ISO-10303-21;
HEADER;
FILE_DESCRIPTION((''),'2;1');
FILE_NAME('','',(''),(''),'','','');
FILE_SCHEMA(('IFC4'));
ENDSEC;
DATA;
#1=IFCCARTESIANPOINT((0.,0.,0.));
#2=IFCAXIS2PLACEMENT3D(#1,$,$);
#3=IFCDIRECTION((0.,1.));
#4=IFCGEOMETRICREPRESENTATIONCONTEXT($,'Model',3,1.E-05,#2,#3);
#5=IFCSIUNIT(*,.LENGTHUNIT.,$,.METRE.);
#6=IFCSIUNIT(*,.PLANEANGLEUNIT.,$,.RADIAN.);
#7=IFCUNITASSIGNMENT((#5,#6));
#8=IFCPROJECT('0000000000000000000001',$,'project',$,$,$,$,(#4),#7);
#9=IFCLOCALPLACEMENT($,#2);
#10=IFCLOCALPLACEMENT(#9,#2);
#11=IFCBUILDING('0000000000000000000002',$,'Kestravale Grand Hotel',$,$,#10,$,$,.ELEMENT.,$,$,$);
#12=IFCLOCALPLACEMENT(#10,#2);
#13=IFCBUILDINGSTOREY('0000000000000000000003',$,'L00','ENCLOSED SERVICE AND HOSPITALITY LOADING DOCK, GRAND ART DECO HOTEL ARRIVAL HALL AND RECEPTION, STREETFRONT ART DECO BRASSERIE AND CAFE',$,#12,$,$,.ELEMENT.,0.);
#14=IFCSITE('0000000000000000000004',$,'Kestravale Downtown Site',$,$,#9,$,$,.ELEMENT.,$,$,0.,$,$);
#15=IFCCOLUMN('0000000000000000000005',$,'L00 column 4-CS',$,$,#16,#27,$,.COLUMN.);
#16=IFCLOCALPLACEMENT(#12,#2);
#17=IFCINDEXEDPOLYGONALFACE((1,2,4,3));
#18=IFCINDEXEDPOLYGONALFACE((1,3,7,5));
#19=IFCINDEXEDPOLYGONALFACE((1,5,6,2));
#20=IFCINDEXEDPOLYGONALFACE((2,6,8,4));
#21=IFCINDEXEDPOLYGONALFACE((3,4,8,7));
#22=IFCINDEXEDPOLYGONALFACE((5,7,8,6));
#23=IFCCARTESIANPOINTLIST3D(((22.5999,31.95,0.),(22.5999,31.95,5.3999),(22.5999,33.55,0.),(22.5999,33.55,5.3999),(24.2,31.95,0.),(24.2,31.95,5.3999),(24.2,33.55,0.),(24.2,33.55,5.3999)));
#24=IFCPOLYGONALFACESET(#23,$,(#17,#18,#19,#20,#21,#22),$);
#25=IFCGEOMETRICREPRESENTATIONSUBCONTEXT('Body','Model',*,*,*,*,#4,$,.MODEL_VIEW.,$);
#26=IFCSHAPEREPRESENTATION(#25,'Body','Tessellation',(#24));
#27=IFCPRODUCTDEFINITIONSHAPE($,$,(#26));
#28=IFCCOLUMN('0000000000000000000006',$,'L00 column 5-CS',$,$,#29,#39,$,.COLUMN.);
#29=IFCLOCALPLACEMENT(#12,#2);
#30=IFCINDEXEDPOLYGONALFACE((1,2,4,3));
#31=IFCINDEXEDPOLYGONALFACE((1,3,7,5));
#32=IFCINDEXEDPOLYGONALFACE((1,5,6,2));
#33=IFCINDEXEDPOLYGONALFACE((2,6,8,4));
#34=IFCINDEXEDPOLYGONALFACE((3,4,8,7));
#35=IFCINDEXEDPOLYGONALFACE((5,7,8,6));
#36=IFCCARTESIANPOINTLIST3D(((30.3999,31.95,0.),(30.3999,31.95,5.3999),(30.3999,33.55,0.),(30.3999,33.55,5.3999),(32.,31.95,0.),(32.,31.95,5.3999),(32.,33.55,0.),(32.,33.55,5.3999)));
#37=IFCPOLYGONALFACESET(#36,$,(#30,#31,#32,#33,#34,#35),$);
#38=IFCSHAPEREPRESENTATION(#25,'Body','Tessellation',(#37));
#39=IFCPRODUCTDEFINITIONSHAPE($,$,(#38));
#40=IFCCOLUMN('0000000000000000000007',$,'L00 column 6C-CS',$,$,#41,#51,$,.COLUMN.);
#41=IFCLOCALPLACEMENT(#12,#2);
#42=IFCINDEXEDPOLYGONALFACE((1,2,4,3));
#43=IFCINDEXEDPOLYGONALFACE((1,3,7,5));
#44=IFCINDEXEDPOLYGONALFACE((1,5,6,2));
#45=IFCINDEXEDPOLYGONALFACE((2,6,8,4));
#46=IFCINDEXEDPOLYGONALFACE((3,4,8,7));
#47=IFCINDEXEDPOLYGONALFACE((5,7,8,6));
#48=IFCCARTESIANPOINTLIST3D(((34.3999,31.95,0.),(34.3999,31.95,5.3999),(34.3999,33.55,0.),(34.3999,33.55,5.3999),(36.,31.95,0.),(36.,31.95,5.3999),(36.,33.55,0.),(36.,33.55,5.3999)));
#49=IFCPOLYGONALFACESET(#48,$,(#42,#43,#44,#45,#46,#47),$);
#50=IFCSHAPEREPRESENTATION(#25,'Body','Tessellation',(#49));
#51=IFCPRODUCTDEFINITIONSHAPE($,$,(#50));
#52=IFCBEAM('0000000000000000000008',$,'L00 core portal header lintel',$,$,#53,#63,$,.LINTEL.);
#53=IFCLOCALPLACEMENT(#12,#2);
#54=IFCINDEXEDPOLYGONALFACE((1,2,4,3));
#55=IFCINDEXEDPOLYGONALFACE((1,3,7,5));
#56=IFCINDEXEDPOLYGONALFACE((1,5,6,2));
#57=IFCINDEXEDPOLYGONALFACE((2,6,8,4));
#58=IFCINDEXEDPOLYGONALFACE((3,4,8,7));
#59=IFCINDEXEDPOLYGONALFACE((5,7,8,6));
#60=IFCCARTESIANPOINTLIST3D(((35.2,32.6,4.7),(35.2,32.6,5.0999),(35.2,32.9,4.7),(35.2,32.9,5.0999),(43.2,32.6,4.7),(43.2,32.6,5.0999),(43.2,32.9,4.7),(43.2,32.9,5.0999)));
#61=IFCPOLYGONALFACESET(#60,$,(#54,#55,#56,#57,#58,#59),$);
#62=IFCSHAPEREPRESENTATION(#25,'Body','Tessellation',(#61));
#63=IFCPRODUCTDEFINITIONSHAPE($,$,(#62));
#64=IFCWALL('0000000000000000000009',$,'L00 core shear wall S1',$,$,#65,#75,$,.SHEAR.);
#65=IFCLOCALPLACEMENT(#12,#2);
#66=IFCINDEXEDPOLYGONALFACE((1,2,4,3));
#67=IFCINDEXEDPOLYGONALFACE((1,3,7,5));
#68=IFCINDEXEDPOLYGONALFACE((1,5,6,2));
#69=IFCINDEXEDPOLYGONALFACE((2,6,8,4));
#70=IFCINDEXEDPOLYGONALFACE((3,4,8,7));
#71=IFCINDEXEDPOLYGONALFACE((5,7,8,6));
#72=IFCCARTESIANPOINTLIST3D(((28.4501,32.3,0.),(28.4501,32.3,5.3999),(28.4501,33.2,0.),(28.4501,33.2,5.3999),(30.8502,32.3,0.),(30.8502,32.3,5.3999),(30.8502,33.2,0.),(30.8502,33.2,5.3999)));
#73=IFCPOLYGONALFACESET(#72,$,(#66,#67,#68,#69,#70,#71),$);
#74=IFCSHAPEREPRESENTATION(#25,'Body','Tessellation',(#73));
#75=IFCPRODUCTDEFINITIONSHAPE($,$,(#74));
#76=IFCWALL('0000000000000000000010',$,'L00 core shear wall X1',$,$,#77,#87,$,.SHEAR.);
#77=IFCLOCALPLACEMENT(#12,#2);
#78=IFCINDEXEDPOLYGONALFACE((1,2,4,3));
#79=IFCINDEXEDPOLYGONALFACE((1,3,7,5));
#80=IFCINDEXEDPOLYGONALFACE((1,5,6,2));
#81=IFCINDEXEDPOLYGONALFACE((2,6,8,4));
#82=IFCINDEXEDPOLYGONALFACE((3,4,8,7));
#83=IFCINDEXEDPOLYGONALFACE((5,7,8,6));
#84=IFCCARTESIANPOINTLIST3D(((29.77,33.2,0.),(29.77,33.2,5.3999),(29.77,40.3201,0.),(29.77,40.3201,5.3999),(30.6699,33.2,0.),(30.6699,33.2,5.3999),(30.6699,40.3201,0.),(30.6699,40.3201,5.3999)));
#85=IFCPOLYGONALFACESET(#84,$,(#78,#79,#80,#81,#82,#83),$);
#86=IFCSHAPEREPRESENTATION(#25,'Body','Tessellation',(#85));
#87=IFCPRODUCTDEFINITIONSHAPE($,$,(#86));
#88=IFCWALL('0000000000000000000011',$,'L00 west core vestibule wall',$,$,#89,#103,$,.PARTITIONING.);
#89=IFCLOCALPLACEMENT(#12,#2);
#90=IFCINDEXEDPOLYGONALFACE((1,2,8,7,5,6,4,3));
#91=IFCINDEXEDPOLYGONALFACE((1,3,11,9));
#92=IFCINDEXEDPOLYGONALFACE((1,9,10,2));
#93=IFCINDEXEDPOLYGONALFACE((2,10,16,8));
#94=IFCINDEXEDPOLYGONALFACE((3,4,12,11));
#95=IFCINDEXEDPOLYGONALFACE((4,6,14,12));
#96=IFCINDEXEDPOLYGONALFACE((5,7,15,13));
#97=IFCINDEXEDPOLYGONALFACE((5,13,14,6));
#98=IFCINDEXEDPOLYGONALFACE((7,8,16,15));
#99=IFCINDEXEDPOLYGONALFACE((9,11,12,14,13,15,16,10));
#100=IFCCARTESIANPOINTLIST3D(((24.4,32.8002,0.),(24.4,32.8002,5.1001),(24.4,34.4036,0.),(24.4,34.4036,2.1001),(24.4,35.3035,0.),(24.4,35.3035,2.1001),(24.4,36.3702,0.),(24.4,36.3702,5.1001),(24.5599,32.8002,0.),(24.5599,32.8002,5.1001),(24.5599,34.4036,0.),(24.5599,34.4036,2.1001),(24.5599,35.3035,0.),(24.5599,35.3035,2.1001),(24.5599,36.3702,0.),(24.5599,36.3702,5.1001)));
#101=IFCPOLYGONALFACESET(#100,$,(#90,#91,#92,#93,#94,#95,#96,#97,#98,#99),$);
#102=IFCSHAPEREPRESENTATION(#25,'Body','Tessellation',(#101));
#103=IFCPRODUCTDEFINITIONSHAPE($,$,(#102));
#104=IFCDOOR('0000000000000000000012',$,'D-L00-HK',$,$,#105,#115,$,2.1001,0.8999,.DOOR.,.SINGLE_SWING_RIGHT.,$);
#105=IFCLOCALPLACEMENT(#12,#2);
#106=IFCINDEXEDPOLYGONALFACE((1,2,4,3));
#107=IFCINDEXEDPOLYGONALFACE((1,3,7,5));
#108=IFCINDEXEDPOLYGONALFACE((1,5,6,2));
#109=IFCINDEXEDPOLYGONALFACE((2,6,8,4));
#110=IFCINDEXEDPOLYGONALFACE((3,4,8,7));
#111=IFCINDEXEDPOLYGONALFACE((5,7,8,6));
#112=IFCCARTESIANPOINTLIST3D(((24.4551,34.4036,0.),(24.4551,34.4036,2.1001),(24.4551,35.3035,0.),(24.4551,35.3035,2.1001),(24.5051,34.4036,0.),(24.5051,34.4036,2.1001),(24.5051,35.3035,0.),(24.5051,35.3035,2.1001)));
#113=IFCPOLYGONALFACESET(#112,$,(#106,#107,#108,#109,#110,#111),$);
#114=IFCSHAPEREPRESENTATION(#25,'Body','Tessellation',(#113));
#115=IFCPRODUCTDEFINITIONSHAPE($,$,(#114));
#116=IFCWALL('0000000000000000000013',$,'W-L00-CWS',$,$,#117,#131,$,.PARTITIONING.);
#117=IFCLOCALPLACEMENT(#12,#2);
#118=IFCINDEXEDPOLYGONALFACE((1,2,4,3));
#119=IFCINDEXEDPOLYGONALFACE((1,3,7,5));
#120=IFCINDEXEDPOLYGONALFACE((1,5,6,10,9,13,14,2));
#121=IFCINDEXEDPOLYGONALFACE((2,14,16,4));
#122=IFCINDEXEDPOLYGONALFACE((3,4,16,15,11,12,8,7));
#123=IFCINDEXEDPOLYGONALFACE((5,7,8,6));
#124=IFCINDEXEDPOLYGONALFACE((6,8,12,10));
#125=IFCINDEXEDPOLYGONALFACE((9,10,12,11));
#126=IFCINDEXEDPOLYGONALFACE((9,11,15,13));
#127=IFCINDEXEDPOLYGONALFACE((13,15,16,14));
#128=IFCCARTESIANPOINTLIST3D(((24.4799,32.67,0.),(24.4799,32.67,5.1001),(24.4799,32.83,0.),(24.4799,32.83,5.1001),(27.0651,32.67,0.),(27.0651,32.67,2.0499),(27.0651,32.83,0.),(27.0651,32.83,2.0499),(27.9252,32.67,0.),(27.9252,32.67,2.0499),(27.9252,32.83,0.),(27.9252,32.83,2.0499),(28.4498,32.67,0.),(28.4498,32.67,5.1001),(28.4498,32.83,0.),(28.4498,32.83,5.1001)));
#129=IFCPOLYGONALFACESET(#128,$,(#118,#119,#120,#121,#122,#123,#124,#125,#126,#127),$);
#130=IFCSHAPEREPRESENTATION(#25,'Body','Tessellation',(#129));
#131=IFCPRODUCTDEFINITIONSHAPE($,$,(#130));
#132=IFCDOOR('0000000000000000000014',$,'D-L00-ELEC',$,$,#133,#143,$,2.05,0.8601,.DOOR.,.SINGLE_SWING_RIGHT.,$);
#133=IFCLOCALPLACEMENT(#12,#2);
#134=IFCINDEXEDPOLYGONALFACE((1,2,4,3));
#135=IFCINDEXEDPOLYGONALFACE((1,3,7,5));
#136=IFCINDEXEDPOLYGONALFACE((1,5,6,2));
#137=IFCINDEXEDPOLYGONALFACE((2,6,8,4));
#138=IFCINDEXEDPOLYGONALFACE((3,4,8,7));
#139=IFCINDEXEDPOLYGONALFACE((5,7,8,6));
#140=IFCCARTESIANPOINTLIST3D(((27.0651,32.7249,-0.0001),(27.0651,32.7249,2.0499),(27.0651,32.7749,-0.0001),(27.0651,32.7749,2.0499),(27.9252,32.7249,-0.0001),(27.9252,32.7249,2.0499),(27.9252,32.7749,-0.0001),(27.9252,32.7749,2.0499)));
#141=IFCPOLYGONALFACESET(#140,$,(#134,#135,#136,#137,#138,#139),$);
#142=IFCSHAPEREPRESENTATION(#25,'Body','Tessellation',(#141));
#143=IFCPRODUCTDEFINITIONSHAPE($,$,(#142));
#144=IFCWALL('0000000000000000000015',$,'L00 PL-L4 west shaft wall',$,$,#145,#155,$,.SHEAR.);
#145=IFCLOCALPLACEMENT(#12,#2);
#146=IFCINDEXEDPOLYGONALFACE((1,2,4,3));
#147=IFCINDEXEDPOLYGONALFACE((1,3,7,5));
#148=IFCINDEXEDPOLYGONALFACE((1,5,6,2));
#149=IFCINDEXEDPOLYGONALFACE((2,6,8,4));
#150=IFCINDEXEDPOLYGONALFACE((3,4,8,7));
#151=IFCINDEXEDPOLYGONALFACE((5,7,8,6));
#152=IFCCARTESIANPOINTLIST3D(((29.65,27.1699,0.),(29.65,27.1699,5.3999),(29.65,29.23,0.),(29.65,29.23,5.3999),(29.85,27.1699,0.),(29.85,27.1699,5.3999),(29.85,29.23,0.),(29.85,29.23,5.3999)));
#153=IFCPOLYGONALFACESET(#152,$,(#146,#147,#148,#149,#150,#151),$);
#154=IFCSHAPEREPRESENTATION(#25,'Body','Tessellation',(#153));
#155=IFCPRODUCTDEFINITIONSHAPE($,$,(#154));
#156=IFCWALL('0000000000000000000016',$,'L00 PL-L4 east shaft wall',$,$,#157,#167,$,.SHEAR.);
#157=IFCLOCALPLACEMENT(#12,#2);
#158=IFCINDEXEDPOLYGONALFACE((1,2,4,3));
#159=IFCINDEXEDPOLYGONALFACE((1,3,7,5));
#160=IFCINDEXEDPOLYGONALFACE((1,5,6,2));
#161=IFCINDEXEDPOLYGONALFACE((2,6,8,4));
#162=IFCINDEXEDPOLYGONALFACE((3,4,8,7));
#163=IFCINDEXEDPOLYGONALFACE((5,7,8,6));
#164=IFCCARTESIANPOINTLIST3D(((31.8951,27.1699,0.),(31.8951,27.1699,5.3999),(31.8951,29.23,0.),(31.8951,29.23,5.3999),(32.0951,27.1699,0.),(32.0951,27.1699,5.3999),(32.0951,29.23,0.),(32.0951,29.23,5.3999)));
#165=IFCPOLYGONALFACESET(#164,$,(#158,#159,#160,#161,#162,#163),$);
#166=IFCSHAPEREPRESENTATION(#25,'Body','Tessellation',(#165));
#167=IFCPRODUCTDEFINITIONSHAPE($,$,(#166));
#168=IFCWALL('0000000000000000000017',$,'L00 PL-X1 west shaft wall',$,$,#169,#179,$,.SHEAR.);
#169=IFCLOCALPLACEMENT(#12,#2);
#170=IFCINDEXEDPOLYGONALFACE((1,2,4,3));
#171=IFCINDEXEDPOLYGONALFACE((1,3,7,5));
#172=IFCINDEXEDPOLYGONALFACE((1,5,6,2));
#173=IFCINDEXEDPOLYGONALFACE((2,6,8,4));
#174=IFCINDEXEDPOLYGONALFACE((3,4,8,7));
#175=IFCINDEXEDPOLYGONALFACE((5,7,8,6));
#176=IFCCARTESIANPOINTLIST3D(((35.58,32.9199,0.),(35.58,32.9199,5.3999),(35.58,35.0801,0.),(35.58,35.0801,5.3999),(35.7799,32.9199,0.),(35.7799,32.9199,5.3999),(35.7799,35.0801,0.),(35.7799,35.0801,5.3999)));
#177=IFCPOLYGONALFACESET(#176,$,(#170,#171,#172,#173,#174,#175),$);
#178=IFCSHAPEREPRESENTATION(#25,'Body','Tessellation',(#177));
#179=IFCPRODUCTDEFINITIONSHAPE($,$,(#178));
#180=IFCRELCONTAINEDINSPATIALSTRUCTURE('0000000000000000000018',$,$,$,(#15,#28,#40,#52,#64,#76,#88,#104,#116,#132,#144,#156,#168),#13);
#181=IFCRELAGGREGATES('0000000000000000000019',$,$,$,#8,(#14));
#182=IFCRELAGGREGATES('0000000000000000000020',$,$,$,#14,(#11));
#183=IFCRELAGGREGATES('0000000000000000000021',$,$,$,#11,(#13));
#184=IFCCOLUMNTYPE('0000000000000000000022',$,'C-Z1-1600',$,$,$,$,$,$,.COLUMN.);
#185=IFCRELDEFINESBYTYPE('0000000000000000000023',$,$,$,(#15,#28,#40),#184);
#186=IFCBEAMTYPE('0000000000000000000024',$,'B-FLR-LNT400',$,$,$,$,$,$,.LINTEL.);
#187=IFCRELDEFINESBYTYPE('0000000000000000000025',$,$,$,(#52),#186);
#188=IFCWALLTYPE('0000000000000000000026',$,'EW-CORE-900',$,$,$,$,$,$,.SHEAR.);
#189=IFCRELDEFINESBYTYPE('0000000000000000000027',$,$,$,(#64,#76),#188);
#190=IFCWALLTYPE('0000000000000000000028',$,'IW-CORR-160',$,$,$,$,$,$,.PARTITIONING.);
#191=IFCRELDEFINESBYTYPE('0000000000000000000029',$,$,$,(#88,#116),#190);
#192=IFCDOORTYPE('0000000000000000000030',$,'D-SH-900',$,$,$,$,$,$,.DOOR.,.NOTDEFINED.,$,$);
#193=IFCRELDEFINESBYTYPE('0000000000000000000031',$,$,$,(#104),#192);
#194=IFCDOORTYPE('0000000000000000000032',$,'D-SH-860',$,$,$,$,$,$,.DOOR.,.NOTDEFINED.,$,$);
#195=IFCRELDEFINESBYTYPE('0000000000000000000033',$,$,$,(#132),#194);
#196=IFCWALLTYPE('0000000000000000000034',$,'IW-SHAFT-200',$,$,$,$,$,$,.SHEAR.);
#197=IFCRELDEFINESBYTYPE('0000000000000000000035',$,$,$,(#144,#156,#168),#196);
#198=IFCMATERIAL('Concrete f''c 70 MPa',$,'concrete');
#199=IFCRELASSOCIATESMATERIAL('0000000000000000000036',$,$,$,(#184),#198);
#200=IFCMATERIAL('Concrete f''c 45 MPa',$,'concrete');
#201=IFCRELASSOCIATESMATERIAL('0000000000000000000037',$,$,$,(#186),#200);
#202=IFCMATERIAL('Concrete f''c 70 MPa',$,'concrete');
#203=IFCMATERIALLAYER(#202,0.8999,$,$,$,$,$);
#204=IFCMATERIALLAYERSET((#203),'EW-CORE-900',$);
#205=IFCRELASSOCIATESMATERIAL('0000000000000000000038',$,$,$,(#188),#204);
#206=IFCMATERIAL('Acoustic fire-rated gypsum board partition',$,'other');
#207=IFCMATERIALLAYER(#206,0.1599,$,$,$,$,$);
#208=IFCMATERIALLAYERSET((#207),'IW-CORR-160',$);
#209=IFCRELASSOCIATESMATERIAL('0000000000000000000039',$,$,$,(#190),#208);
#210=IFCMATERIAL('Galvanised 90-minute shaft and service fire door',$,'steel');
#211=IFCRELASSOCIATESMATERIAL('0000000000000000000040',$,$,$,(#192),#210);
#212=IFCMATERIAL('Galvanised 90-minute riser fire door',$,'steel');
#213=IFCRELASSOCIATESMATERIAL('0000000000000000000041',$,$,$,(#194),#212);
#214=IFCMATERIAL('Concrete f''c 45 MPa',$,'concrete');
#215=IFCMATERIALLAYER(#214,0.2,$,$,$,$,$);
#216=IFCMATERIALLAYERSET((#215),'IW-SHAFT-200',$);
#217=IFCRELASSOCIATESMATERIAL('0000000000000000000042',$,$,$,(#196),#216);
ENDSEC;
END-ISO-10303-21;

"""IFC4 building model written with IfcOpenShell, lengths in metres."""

from ifc_helpers import new_model, si_unit, direction, frame, frame_2d, origin, origin_2d, place, context, subcontext, project, spatial, rectangle, extrude, material, layer, layer_set, material_profile, profile_set, type_object, element, fill, save


model = new_model("IFC4")

# Units and contexts
model_context = context("Model", 3, precision=1e-05, world=origin(), true_north=direction((0.0, 1.0)))
body_context = subcontext(model_context, "Body", "Model", "MODEL_VIEW")
ifc_project = project(units=[si_unit("LENGTHUNIT", "METRE"), si_unit("PLANEANGLEUNIT", "RADIAN")], contexts=[model_context])

# Site, building, storey
site_placement = place(None, origin())
site = spatial("IfcSite", under=ifc_project, at=site_placement, Name="Kestravale Downtown Site", CompositionType="ELEMENT", RefElevation=0.0)
building_placement = place(site_placement, origin())
building = spatial("IfcBuilding", under=site, at=building_placement, Name="Kestravale Grand Hotel", CompositionType="ELEMENT")
storey_placement = place(building_placement, origin())
storey = spatial("IfcBuildingStorey", under=building, at=storey_placement, Name="L00", Description="ENCLOSED SERVICE AND HOSPITALITY LOADING DOCK, GRAND ART DECO HOTEL ARRIVAL HALL AND RECEPTION, STREETFRONT ART DECO BRASSERIE AND CAFE", CompositionType="ELEMENT", Elevation=0.0)

# Columns
ifc_material_1 = material(Name="Concrete f'c 70 MPa", Category="concrete")
ifc_material_profile_1 = material_profile(ifc_material_1, rectangle(XDim=1.6001, YDim=1.6001, at=origin_2d()))
ifc_profile_set_1 = profile_set([ifc_material_profile_1], Name="Concrete f'c 70 MPa")
column_type = type_object("IfcColumnType", Name="C-Z1-1600", PredefinedType="COLUMN", material=ifc_profile_set_1)
for number, where, z_axis, x_axis, name in (
    (1, (23.3999, 32.75, 0.0), (0.0, 0.0, 1.0), (1.0, 0.0, 0.0), "L00 column 4-CS"),
    (2, (31.2, 32.75, 0.0), (0.0, 0.0, 1.0), (1.0, 0.0, 0.0), "L00 column 5-CS"),
    (3, (35.2, 32.75, 0.0), (0.0, 0.0, 1.0), (1.0, 0.0, 0.0), "L00 column 6C-CS"),
):
    element("IfcColumn", number, at=place(storey_placement, frame(where, z_axis=z_axis, x_axis=x_axis)), inside=storey, type_object=column_type, Name=name, PredefinedType="COLUMN", context=body_context, shape_type="SweptSolid", body=[
        extrude(rectangle(XDim=1.6001, YDim=1.6001, at=origin_2d()), origin(), (0.0, 0.0, 1.0), 5.3999),
    ])

# Beam
ifc_material_2 = material(Name="Concrete f'c 45 MPa", Category="concrete")
ifc_material_profile_2 = material_profile(ifc_material_2, rectangle(XDim=0.3, YDim=0.3999, at=origin_2d()))
ifc_profile_set_2 = profile_set([ifc_material_profile_2], Name="Concrete f'c 45 MPa")
beam_type = type_object("IfcBeamType", Name="B-FLR-LNT400", PredefinedType="LINTEL", material=ifc_profile_set_2)
beam_placement = place(storey_placement, frame((35.2, 32.75, 4.8999), z_axis=(1.0, 0.0, 0.0), x_axis=(0.0, 1.0, 0.0)))
element("IfcBeam", 4, at=beam_placement, inside=storey, type_object=beam_type, Name="L00 core portal header lintel", PredefinedType="LINTEL", context=body_context, shape_type="SweptSolid", body=[
    extrude(rectangle(XDim=0.3, YDim=0.3999, at=origin_2d()), origin(), (0.0, 0.0, 1.0), 8.0),
])

# Walls
ifc_material_3 = material(Name="Concrete f'c 70 MPa", Category="concrete")
ifc_layer_1 = layer(ifc_material_3, 0.8999)
ifc_layer_set_1 = layer_set([ifc_layer_1], Name="EW-CORE-900")
wall_type_1 = type_object("IfcWallType", Name="EW-CORE-900", PredefinedType="SHEAR", material=ifc_layer_set_1)
wall_1_placement = place(storey_placement, frame((28.45, 32.75, 0.0), z_axis=(0.0, 0.0, 1.0), x_axis=(1.0, 0.0, 0.0)))
element("IfcWall", 5, at=wall_1_placement, inside=storey, type_object=wall_type_1, Name="L00 core shear wall S1", PredefinedType="SHEAR", context=body_context, shape_type="SweptSolid", body=[
    extrude(rectangle(XDim=2.4001, YDim=0.8999, at=frame_2d((1.2002, 0.0))), origin(), (0.0, 0.0, 1.0), 5.3999),
])
wall_2_placement = place(storey_placement, frame((30.22, 33.2, 0.0), z_axis=(0.0, 0.0, 1.0), x_axis=(0.0, 1.0, 0.0)))
element("IfcWall", 6, at=wall_2_placement, inside=storey, type_object=wall_type_1, Name="L00 core shear wall X1", PredefinedType="SHEAR", context=body_context, shape_type="SweptSolid", body=[
    extrude(rectangle(XDim=7.1201, YDim=0.8999, at=frame_2d((3.5601, 0.0))), origin(), (0.0, 0.0, 1.0), 5.3999),
])

# Walls, openings, doors
ifc_material_4 = material(Name="Acoustic fire-rated gypsum board partition", Category="other")
ifc_layer_2 = layer(ifc_material_4, 0.1599)
ifc_layer_set_2 = layer_set([ifc_layer_2], Name="IW-CORR-160")
wall_type_2 = type_object("IfcWallType", Name="IW-CORR-160", PredefinedType="PARTITIONING", material=ifc_layer_set_2)
wall_3_placement = place(storey_placement, frame((24.48, 32.8, 0.0), z_axis=(0.0, 0.0, 1.0), x_axis=(0.0, 1.0, 0.0)))
wall_3 = element("IfcWall", 7, at=wall_3_placement, inside=storey, type_object=wall_type_2, Name="L00 west core vestibule wall", PredefinedType="PARTITIONING", context=body_context, shape_type="SweptSolid", body=[
    extrude(rectangle(XDim=3.5701, YDim=0.1599, at=frame_2d((1.7852, 0.0))), origin(), (0.0, 0.0, 1.0), 5.1001),
])
opening_1_placement = place(wall_3_placement, frame((1.6035, 0.0, 0.0)))
opening_1 = element("IfcOpeningElement", 8, at=opening_1_placement, cuts=wall_3, PredefinedType="OPENING", context=body_context, shape_type="SweptSolid", body=[
    extrude(rectangle(XDim=0.8999, YDim=2.1001, at=frame_2d((0.45, 1.05))), frame((0.0, 0.0898, 0.0), z_axis=(0.0, -1.0, 0.0), x_axis=(1.0, 0.0, 0.0)), (0.0, 0.0, 1.0), 0.1799),
])
ifc_material_5 = material(Name="Galvanised 90-minute shaft and service fire door", Category="steel")
door_type_1 = type_object("IfcDoorType", Name="D-SH-900", OperationType="NOTDEFINED", PredefinedType="DOOR", material=ifc_material_5)
door_1_placement = place(opening_1_placement, origin())
door_1 = element("IfcDoor", 9, at=door_1_placement, inside=storey, type_object=door_type_1, Name="D-L00-HK", OperationType="SINGLE_SWING_RIGHT", OverallHeight=2.1001, OverallWidth=0.8999, PredefinedType="DOOR", context=body_context, shape_type="SweptSolid", body=[
    extrude(rectangle(XDim=0.8999, YDim=2.1001, at=frame_2d((0.45, 1.05))), frame((0.0, 0.0249, 0.0), z_axis=(0.0, -1.0, 0.0), x_axis=(1.0, 0.0, 0.0)), (0.0, 0.0, 1.0), 0.05),
])
fill(opening_1, door_1)
wall_4_placement = place(storey_placement, frame((24.48, 32.75, 0.0), z_axis=(0.0, 0.0, 1.0), x_axis=(1.0, 0.0, 0.0)))
wall_4 = element("IfcWall", 10, at=wall_4_placement, inside=storey, type_object=wall_type_2, Name="W-L00-CWS", PredefinedType="PARTITIONING", context=body_context, shape_type="SweptSolid", body=[
    extrude(rectangle(XDim=3.97, YDim=0.1599, at=frame_2d((1.9849, 0.0))), origin(), (0.0, 0.0, 1.0), 5.1001),
])
opening_2_placement = place(wall_4_placement, frame((2.585, 0.0, 0.0)))
opening_2 = element("IfcOpeningElement", 11, at=opening_2_placement, cuts=wall_4, PredefinedType="OPENING", context=body_context, shape_type="SweptSolid", body=[
    extrude(rectangle(XDim=0.8601, YDim=2.05, at=frame_2d((0.4302, 1.0249))), frame((0.0, 0.0898, 0.0), z_axis=(0.0, -1.0, 0.0), x_axis=(1.0, 0.0, 0.0)), (0.0, 0.0, 1.0), 0.1799),
])
ifc_material_6 = material(Name="Galvanised 90-minute riser fire door", Category="steel")
door_type_2 = type_object("IfcDoorType", Name="D-SH-860", OperationType="NOTDEFINED", PredefinedType="DOOR", material=ifc_material_6)
door_2_placement = place(opening_2_placement, origin())
door_2 = element("IfcDoor", 12, at=door_2_placement, inside=storey, type_object=door_type_2, Name="D-L00-ELEC", OperationType="SINGLE_SWING_RIGHT", OverallHeight=2.05, OverallWidth=0.8601, PredefinedType="DOOR", context=body_context, shape_type="SweptSolid", body=[
    extrude(rectangle(XDim=0.8601, YDim=2.05, at=frame_2d((0.4302, 1.0249))), frame((0.0, 0.0249, 0.0), z_axis=(0.0, -1.0, 0.0), x_axis=(1.0, 0.0, 0.0)), (0.0, 0.0, 1.0), 0.05),
])
fill(opening_2, door_2)

# Walls
ifc_material_7 = material(Name="Concrete f'c 45 MPa", Category="concrete")
ifc_layer_3 = layer(ifc_material_7, 0.2)
ifc_layer_set_3 = layer_set([ifc_layer_3], Name="IW-SHAFT-200")
wall_type_3 = type_object("IfcWallType", Name="IW-SHAFT-200", PredefinedType="SHEAR", material=ifc_layer_set_3)
for number, where, z_axis, x_axis, name in (
    (13, (29.75, 27.1699, 0.0), (0.0, 0.0, 1.0), (0.0, 1.0, 0.0), "L00 PL-L4 west shaft wall"),
    (14, (31.9951, 27.1699, 0.0), (0.0, 0.0, 1.0), (0.0, 1.0, 0.0), "L00 PL-L4 east shaft wall"),
):
    element("IfcWall", number, at=place(storey_placement, frame(where, z_axis=z_axis, x_axis=x_axis)), inside=storey, type_object=wall_type_3, Name=name, PredefinedType="SHEAR", context=body_context, shape_type="SweptSolid", body=[
        extrude(rectangle(XDim=2.0601, YDim=0.2, at=frame_2d((1.03, 0.0))), origin(), (0.0, 0.0, 1.0), 5.3999),
    ])
wall_5_placement = place(storey_placement, frame((35.6799, 32.9199, 0.0), z_axis=(0.0, 0.0, 1.0), x_axis=(0.0, 1.0, 0.0)))
element("IfcWall", 15, at=wall_5_placement, inside=storey, type_object=wall_type_3, Name="L00 PL-X1 west shaft wall", PredefinedType="SHEAR", context=body_context, shape_type="SweptSolid", body=[
    extrude(rectangle(XDim=2.1602, YDim=0.2, at=frame_2d((1.0801, 0.0))), origin(), (0.0, 0.0, 1.0), 5.3999),
])

save(model, "model.ifc")
